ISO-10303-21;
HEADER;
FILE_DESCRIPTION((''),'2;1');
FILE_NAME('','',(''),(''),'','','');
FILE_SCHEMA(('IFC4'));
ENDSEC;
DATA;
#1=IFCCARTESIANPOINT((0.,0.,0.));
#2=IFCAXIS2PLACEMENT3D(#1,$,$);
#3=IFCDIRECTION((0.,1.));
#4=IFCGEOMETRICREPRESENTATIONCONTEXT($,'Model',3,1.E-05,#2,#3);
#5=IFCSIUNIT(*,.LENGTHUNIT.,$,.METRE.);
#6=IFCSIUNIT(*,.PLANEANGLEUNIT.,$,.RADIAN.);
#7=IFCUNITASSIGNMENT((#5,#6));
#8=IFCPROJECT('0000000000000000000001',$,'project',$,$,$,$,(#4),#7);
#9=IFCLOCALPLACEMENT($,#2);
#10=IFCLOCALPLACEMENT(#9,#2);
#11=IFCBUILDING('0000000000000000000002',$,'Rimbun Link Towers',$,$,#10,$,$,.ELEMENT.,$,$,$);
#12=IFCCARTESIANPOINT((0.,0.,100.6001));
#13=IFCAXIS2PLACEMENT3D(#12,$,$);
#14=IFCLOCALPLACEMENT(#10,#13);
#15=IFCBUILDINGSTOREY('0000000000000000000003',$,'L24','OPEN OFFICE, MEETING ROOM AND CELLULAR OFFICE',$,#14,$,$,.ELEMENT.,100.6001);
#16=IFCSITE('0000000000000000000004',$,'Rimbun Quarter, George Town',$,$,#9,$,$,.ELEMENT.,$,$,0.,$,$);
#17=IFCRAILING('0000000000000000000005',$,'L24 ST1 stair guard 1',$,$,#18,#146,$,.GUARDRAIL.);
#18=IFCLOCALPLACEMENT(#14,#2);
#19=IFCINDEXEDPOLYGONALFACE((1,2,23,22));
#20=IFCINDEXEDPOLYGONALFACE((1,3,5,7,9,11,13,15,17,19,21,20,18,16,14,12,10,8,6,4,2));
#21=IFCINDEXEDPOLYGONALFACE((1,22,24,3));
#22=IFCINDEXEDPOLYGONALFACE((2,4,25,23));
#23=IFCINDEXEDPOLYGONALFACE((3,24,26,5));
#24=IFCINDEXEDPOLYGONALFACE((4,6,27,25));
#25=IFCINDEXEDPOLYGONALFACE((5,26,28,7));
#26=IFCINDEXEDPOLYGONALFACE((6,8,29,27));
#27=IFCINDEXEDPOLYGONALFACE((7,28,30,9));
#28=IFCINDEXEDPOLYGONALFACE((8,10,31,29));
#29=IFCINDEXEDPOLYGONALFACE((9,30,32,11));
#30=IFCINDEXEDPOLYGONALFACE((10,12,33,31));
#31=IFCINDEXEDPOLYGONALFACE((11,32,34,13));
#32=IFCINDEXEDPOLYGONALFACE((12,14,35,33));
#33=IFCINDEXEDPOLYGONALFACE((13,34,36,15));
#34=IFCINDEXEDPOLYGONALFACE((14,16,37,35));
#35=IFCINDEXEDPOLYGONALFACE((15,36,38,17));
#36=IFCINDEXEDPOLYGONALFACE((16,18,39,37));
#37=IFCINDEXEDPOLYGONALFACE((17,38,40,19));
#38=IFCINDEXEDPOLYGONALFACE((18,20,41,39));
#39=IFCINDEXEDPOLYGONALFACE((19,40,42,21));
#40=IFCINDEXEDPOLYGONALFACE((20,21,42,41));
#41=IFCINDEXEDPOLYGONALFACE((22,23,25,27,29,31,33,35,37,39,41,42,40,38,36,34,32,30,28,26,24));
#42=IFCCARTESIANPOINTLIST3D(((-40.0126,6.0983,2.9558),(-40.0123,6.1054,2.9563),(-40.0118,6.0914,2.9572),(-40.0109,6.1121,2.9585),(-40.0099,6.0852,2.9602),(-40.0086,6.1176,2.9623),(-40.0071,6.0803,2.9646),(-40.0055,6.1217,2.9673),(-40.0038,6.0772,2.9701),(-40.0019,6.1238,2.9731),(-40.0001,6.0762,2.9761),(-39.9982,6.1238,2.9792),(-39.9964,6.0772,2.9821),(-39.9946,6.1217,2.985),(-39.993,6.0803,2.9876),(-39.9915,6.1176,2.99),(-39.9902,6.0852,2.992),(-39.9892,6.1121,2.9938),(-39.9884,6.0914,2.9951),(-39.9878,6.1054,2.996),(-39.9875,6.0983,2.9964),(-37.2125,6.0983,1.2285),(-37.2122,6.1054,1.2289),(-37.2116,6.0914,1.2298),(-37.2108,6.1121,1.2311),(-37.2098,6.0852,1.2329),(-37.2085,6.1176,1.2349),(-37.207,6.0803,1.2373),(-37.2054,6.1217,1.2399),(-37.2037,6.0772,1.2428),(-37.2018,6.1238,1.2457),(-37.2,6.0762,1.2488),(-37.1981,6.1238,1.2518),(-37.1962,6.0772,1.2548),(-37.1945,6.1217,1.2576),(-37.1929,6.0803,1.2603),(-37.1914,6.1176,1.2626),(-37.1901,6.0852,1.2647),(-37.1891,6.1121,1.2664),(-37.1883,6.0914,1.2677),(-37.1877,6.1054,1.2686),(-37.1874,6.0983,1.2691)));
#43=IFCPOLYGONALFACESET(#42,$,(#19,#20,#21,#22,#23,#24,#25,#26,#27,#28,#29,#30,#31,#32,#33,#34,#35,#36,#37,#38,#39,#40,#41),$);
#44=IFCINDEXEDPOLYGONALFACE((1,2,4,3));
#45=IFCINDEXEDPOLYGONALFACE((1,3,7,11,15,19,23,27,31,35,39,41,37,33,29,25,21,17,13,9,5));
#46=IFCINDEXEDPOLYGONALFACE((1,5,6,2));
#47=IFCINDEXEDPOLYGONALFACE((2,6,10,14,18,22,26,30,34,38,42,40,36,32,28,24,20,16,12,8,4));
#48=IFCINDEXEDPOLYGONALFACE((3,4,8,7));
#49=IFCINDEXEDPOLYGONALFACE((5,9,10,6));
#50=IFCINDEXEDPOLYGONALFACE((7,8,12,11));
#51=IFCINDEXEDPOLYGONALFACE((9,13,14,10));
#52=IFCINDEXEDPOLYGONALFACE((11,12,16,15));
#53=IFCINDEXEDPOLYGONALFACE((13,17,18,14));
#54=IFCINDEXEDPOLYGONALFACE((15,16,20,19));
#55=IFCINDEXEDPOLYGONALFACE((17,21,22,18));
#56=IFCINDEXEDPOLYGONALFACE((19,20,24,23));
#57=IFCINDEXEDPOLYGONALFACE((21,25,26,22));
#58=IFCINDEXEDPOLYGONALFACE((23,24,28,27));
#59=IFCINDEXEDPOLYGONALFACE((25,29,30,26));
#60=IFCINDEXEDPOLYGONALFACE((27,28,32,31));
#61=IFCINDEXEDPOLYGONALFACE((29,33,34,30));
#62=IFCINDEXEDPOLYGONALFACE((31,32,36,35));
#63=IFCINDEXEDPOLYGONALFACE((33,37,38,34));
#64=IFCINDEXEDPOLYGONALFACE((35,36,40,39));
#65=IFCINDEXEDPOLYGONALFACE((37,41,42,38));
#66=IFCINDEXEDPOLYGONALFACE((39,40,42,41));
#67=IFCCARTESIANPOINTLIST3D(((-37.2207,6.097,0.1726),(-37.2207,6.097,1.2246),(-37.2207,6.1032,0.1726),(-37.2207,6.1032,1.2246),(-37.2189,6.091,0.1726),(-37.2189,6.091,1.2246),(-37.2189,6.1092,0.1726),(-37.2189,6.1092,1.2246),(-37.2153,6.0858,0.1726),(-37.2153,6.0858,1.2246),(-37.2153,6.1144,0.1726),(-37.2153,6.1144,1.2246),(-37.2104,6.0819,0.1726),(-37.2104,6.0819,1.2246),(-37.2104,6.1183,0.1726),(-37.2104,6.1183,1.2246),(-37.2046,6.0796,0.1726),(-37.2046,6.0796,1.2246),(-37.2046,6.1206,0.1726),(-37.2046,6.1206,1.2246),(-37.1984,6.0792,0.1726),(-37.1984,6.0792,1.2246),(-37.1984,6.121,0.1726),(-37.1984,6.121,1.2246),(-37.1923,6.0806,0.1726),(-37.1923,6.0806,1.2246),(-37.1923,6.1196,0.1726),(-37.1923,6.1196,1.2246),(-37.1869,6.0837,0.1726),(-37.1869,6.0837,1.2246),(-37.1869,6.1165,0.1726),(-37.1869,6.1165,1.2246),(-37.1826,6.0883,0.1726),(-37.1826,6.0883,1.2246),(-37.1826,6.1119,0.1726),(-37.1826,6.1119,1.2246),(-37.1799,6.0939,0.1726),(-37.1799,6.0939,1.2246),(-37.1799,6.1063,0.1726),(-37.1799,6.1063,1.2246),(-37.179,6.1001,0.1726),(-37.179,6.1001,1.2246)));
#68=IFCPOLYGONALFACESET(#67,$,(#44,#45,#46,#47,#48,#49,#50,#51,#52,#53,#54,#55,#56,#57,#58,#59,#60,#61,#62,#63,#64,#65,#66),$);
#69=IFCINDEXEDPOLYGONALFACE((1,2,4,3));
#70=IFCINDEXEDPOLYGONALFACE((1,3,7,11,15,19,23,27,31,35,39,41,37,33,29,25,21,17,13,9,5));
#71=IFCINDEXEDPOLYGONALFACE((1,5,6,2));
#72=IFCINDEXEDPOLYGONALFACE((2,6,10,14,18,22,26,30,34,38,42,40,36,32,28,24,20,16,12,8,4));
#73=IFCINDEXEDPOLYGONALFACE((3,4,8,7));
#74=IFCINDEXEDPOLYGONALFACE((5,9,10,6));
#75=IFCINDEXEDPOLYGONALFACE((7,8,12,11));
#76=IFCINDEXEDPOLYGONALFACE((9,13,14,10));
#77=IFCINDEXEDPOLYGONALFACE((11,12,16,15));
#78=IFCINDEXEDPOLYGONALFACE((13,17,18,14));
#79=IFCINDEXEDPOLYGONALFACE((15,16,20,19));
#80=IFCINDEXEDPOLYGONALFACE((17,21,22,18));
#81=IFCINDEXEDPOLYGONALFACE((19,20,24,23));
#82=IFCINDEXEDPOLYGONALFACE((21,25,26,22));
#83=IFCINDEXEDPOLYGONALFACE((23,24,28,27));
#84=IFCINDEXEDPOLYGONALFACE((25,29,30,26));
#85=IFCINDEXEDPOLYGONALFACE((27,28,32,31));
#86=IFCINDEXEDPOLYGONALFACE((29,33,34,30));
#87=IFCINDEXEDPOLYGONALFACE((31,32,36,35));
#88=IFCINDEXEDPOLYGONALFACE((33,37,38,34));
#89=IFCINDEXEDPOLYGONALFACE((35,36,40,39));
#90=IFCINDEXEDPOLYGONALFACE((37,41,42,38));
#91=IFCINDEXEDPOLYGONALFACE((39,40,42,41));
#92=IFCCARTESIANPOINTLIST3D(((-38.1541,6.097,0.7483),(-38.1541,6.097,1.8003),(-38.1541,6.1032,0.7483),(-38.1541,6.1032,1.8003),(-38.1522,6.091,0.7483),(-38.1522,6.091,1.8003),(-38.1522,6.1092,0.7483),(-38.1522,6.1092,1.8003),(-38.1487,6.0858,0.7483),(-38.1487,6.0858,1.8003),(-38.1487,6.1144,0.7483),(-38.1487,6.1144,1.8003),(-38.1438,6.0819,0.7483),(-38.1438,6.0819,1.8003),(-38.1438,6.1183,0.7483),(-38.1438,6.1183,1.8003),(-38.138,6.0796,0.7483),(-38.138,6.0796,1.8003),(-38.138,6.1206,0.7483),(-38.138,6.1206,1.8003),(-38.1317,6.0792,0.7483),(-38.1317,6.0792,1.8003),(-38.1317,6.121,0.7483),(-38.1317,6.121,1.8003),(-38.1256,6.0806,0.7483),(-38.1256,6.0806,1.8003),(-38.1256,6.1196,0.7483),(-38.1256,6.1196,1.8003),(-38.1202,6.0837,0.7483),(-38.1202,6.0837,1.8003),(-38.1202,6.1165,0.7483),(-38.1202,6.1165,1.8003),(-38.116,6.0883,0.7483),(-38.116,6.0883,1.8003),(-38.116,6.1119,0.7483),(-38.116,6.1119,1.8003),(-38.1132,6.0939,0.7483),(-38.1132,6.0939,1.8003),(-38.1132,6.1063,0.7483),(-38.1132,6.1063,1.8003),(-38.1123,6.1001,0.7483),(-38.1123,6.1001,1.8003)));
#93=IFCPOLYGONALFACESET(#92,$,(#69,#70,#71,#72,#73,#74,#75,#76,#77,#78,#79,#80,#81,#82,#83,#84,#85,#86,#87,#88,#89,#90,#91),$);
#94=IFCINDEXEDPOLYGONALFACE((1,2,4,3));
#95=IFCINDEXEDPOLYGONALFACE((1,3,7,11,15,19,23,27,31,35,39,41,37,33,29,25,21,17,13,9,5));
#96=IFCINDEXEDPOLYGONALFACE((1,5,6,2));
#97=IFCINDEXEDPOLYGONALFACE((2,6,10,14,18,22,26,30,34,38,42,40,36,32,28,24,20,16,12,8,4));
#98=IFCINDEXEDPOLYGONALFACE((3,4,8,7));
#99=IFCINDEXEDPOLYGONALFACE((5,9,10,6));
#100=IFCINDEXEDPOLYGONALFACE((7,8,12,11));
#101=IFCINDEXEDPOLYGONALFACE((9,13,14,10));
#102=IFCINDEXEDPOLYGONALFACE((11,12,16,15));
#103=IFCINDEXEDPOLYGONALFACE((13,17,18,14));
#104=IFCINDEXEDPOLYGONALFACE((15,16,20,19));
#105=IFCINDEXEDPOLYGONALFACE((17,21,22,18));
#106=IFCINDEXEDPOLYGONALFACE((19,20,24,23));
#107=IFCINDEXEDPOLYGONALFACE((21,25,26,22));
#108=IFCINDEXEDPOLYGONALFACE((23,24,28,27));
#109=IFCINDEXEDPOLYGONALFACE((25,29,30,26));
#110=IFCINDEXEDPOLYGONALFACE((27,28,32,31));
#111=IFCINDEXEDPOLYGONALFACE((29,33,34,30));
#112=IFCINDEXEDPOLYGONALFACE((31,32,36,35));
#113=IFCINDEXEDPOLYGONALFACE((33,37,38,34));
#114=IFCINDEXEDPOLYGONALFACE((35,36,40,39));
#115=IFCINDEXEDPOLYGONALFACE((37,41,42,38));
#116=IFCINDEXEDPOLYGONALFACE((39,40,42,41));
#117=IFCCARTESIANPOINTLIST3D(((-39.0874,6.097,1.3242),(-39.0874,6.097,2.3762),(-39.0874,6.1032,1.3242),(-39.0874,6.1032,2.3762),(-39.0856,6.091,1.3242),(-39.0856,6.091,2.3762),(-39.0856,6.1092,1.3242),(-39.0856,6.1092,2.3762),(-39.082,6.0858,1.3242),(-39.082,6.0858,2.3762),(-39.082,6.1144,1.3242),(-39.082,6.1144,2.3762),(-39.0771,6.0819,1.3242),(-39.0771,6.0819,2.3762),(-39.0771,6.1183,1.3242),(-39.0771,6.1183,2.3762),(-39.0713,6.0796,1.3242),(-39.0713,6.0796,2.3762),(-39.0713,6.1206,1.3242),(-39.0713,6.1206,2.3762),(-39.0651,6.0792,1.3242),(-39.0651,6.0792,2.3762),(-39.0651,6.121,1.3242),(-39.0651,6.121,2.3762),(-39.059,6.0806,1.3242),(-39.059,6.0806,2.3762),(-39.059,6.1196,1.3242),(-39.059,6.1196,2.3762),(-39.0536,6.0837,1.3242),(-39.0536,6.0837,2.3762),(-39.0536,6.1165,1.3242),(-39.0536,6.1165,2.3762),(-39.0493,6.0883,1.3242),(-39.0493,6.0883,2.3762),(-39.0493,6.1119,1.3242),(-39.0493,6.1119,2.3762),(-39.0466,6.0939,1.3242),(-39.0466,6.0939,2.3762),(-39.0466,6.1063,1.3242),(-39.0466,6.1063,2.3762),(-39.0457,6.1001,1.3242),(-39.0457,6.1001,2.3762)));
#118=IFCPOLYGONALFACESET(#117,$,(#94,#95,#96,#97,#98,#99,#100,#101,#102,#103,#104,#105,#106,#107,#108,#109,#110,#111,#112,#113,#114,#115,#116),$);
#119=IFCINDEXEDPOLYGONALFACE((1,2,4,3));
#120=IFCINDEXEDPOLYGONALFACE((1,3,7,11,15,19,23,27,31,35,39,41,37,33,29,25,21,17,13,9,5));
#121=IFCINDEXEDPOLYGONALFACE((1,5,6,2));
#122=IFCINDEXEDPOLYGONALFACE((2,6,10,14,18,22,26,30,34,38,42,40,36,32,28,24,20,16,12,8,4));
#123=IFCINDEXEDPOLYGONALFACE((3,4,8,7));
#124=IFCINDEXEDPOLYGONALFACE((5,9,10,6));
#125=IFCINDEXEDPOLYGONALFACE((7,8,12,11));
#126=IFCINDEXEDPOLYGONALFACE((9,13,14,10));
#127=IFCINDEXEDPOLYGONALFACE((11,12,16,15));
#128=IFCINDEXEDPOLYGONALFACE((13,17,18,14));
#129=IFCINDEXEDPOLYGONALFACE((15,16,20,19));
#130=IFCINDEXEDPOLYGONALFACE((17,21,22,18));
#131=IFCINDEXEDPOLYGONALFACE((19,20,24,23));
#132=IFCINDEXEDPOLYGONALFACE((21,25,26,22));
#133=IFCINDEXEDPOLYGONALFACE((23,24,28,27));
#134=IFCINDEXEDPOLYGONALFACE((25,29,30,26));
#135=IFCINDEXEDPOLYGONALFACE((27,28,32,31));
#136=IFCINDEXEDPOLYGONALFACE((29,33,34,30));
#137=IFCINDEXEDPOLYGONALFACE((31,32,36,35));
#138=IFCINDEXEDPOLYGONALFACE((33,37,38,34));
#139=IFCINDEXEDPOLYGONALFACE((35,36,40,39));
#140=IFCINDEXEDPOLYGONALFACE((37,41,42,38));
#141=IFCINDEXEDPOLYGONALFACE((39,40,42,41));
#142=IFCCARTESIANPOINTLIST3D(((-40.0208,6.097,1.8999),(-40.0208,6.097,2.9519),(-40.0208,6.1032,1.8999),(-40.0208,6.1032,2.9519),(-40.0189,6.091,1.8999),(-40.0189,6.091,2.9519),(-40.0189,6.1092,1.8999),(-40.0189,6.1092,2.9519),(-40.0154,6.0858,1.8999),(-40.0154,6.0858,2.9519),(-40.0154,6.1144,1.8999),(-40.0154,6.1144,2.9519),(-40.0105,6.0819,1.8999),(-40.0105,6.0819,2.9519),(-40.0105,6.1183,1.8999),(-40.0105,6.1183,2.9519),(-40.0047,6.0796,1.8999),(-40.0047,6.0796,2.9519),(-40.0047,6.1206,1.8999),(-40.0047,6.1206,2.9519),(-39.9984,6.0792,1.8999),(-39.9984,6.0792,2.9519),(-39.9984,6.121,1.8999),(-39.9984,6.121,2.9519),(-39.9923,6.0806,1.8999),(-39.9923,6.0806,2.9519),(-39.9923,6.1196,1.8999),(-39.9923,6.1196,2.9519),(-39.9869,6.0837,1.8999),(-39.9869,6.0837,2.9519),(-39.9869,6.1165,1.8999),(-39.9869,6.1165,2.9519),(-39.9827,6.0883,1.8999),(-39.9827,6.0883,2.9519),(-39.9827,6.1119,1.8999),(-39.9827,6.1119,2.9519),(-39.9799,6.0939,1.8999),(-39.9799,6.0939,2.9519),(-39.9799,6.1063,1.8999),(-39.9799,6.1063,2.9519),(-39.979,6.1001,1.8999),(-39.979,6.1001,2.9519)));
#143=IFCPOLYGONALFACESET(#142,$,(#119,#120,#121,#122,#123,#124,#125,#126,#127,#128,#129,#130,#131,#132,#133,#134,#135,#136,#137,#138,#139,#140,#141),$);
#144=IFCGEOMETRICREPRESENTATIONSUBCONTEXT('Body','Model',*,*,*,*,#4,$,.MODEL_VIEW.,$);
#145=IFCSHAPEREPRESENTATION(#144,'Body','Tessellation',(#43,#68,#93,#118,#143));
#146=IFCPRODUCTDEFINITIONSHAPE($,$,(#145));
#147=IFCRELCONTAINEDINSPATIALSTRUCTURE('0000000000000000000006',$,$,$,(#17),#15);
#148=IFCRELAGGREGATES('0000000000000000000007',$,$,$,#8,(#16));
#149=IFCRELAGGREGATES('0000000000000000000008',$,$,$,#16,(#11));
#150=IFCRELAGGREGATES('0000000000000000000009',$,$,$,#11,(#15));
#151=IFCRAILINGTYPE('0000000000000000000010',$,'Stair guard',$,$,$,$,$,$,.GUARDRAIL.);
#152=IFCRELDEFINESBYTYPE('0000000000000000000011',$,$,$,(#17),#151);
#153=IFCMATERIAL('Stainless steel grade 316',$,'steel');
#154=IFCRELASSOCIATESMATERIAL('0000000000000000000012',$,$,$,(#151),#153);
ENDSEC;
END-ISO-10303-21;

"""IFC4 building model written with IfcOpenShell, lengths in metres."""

from ifc_helpers import new_model, si_unit, direction, frame, origin, origin_2d, place, context, subcontext, project, spatial, circle, extrude, material, type_object, element, save


model = new_model("IFC4")

# Units and contexts
model_context = context("Model", 3, precision=1e-05, world=origin(), true_north=direction((0.0, 1.0)))
body_context = subcontext(model_context, "Body", "Model", "MODEL_VIEW")
ifc_project = project(units=[si_unit("LENGTHUNIT", "METRE"), si_unit("PLANEANGLEUNIT", "RADIAN")], contexts=[model_context])

# Site, building, storey
site_placement = place(None, origin())
site = spatial("IfcSite", under=ifc_project, at=site_placement, Name="Rimbun Quarter, George Town", CompositionType="ELEMENT", RefElevation=0.0)
building_placement = place(site_placement, origin())
building = spatial("IfcBuilding", under=site, at=building_placement, Name="Rimbun Link Towers", CompositionType="ELEMENT")
storey_placement = place(building_placement, frame((0.0, 0.0, 100.6001)))
storey = spatial("IfcBuildingStorey", under=building, at=storey_placement, Name="L24", Description="OPEN OFFICE, MEETING ROOM AND CELLULAR OFFICE", CompositionType="ELEMENT", Elevation=100.6001)

# Railing
ifc_material_1 = material(Name="Stainless steel grade 316", Category="steel")
railing_type_1 = type_object("IfcRailingType", Name="Stair guard", PredefinedType="GUARDRAIL", material=ifc_material_1)
railing_1_placement = place(storey_placement, frame((-37.2, 6.1001, 0.1726)))
element("IfcRailing", 1, at=railing_1_placement, inside=storey, type_object=railing_type_1, Name="L24 ST1 stair guard 1", PredefinedType="GUARDRAIL", context=body_context, shape_type="SweptSolid", body=[
    extrude(circle(Radius=0.0239, at=origin_2d()), frame((0.0, 0.0, 1.0762), z_axis=(-0.85109, 0.0, 0.52502), x_axis=(0.0, -1.0, 0.0)), (0.0, 0.0, 1.0), 3.29),
    extrude(circle(Radius=0.021, at=origin_2d()), origin(), (0.0, 0.0, 1.0), 1.052),
    extrude(circle(Radius=0.021, at=origin_2d()), frame((-0.9333, 0.0, 0.5757)), (0.0, 0.0, 1.0), 1.052),
    extrude(circle(Radius=0.021, at=origin_2d()), frame((-1.8667, 0.0, 1.1516)), (0.0, 0.0, 1.0), 1.052),
    extrude(circle(Radius=0.021, at=origin_2d()), frame((-2.8, 0.0, 1.7273)), (0.0, 0.0, 1.0), 1.052),
])

save(model, "model.ifc")
